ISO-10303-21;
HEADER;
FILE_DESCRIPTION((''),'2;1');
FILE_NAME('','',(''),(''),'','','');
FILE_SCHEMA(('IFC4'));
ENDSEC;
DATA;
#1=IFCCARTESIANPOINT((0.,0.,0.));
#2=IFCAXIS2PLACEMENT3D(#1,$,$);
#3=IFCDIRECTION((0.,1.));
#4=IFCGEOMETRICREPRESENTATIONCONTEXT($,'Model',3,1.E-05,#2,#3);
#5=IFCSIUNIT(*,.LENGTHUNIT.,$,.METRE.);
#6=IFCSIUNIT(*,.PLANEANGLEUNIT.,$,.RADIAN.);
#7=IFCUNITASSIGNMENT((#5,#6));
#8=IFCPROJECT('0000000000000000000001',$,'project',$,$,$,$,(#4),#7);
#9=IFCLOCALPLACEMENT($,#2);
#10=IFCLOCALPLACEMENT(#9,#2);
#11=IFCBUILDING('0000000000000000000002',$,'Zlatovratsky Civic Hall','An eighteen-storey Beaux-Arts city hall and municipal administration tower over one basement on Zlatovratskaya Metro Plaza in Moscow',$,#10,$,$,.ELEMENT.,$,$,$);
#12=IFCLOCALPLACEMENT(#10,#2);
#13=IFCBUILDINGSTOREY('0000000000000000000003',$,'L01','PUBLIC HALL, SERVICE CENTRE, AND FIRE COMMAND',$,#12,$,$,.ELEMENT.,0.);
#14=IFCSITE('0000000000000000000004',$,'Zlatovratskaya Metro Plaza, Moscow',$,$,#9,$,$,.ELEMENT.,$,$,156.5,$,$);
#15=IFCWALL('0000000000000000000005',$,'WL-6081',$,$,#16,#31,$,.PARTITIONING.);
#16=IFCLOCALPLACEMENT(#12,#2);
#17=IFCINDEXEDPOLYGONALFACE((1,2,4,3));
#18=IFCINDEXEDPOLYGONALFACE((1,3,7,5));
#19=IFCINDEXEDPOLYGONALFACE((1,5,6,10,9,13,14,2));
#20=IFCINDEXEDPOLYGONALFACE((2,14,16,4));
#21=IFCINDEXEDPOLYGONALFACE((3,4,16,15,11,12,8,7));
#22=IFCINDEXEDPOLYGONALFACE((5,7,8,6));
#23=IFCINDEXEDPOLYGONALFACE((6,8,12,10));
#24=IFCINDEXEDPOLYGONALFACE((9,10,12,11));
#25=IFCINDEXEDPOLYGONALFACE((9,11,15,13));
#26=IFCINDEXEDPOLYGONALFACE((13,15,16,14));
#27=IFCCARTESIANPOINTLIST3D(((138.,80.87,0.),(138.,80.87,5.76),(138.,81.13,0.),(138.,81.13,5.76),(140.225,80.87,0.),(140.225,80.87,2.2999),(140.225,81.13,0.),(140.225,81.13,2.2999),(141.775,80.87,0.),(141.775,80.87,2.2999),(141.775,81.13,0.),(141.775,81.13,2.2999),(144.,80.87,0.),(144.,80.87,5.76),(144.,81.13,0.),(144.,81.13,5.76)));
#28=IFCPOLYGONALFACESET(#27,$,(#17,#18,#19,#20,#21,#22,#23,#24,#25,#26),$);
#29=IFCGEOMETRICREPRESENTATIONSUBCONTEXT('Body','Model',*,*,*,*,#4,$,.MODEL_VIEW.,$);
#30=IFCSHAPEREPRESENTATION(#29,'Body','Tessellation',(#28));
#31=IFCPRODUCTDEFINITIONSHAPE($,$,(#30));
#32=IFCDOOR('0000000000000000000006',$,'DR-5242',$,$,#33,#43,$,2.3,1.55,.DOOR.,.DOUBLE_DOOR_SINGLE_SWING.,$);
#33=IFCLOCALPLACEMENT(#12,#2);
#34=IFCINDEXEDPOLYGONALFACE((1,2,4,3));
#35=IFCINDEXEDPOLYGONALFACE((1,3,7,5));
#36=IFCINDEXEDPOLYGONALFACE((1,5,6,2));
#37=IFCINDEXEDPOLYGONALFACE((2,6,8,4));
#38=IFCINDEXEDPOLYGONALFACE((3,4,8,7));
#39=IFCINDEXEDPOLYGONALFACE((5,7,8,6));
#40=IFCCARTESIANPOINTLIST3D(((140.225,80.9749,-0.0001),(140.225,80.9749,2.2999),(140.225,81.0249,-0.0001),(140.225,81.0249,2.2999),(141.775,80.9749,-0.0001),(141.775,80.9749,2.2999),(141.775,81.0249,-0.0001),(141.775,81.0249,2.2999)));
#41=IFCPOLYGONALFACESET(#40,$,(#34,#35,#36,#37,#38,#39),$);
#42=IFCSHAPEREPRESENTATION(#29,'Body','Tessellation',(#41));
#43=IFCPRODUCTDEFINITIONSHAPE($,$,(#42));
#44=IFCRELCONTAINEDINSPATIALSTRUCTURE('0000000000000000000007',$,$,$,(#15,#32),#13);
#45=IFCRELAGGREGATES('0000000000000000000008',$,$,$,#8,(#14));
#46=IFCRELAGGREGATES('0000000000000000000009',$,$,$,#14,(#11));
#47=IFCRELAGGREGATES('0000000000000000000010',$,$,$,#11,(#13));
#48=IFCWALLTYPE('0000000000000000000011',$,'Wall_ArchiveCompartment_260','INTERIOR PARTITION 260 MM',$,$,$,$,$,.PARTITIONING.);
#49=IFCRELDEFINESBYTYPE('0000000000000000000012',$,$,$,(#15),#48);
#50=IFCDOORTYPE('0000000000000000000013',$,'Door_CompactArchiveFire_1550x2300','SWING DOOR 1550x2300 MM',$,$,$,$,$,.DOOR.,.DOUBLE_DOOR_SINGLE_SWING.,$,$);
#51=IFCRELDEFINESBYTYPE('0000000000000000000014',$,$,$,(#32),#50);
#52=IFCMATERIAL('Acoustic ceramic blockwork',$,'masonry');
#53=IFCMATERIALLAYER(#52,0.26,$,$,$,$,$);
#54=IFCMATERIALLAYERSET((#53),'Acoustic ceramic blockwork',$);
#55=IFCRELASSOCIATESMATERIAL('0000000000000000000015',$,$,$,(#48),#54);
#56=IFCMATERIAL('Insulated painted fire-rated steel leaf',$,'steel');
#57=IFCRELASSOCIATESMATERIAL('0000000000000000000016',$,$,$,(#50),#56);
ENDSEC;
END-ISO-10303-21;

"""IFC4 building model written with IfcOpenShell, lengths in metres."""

from ifc_helpers import new_model, si_unit, direction, frame, frame_2d, origin, place, context, subcontext, project, spatial, rectangle, extrude, material, layer, layer_set, type_object, element, fill, save


model = new_model("IFC4")

# Units and contexts
model_context = context("Model", 3, precision=1e-05, world=origin(), true_north=direction((0.0, 1.0)))
body_context = subcontext(model_context, "Body", "Model", "MODEL_VIEW")
ifc_project = project(units=[si_unit("LENGTHUNIT", "METRE"), si_unit("PLANEANGLEUNIT", "RADIAN")], contexts=[model_context])

# Site, building, storey
site_placement = place(None, origin())
site = spatial("IfcSite", under=ifc_project, at=site_placement, Name="Zlatovratskaya Metro Plaza, Moscow", CompositionType="ELEMENT", RefElevation=156.5)
building_placement = place(site_placement, origin())
building = spatial("IfcBuilding", under=site, at=building_placement, Name="Zlatovratsky Civic Hall", Description="An eighteen-storey Beaux-Arts city hall and municipal administration tower over one basement on Zlatovratskaya Metro Plaza in Moscow", CompositionType="ELEMENT")
storey_placement = place(building_placement, origin())
storey = spatial("IfcBuildingStorey", under=building, at=storey_placement, Name="L01", Description="PUBLIC HALL, SERVICE CENTRE, AND FIRE COMMAND", CompositionType="ELEMENT", Elevation=0.0)

# Wall, opening, door
ifc_material_1 = material(Name="Acoustic ceramic blockwork", Category="masonry")
ifc_layer = layer(ifc_material_1, 0.26)
ifc_layer_set = layer_set([ifc_layer], Name="Acoustic ceramic blockwork")
wall_type = type_object("IfcWallType", Name="Wall_ArchiveCompartment_260", Description="INTERIOR PARTITION 260 MM", PredefinedType="PARTITIONING", material=ifc_layer_set)
wall_placement = place(storey_placement, frame((138.0, 81.0, 0.0), z_axis=(0.0, 0.0, 1.0), x_axis=(1.0, 0.0, 0.0)))
wall = element("IfcWall", 1, at=wall_placement, inside=storey, type_object=wall_type, Name="WL-6081", PredefinedType="PARTITIONING", context=body_context, shape_type="SweptSolid", body=[
    extrude(rectangle(XDim=6.0, YDim=0.26, at=frame_2d((3.0, 0.0))), origin(), (0.0, 0.0, 1.0), 5.76),
])
opening_placement = place(wall_placement, frame((2.2251, 0.0, 0.0)))
opening = element("IfcOpeningElement", 2, at=opening_placement, cuts=wall, PredefinedType="OPENING", context=body_context, shape_type="SweptSolid", body=[
    extrude(rectangle(XDim=1.55, YDim=2.3, at=frame_2d((0.7749, 1.1499))), frame((0.0, 0.145, 0.0), z_axis=(0.0, -1.0, 0.0), x_axis=(1.0, 0.0, 0.0)), (0.0, 0.0, 1.0), 0.2898),
])
ifc_material_2 = material(Name="Insulated painted fire-rated steel leaf", Category="steel")
door_type = type_object("IfcDoorType", Name="Door_CompactArchiveFire_1550x2300", Description="SWING DOOR 1550x2300 MM", OperationType="DOUBLE_DOOR_SINGLE_SWING", PredefinedType="DOOR", material=ifc_material_2)
door_placement = place(opening_placement, origin())
door = element("IfcDoor", 3, at=door_placement, inside=storey, type_object=door_type, Name="DR-5242", OperationType="DOUBLE_DOOR_SINGLE_SWING", OverallHeight=2.3, OverallWidth=1.55, PredefinedType="DOOR", context=body_context, shape_type="SweptSolid", body=[
    extrude(rectangle(XDim=1.55, YDim=2.3, at=frame_2d((0.7749, 1.1499))), frame((0.0, 0.0249, 0.0), z_axis=(0.0, -1.0, 0.0), x_axis=(1.0, 0.0, 0.0)), (0.0, 0.0, 1.0), 0.05),
])
fill(opening, door)

save(model, "model.ifc")
